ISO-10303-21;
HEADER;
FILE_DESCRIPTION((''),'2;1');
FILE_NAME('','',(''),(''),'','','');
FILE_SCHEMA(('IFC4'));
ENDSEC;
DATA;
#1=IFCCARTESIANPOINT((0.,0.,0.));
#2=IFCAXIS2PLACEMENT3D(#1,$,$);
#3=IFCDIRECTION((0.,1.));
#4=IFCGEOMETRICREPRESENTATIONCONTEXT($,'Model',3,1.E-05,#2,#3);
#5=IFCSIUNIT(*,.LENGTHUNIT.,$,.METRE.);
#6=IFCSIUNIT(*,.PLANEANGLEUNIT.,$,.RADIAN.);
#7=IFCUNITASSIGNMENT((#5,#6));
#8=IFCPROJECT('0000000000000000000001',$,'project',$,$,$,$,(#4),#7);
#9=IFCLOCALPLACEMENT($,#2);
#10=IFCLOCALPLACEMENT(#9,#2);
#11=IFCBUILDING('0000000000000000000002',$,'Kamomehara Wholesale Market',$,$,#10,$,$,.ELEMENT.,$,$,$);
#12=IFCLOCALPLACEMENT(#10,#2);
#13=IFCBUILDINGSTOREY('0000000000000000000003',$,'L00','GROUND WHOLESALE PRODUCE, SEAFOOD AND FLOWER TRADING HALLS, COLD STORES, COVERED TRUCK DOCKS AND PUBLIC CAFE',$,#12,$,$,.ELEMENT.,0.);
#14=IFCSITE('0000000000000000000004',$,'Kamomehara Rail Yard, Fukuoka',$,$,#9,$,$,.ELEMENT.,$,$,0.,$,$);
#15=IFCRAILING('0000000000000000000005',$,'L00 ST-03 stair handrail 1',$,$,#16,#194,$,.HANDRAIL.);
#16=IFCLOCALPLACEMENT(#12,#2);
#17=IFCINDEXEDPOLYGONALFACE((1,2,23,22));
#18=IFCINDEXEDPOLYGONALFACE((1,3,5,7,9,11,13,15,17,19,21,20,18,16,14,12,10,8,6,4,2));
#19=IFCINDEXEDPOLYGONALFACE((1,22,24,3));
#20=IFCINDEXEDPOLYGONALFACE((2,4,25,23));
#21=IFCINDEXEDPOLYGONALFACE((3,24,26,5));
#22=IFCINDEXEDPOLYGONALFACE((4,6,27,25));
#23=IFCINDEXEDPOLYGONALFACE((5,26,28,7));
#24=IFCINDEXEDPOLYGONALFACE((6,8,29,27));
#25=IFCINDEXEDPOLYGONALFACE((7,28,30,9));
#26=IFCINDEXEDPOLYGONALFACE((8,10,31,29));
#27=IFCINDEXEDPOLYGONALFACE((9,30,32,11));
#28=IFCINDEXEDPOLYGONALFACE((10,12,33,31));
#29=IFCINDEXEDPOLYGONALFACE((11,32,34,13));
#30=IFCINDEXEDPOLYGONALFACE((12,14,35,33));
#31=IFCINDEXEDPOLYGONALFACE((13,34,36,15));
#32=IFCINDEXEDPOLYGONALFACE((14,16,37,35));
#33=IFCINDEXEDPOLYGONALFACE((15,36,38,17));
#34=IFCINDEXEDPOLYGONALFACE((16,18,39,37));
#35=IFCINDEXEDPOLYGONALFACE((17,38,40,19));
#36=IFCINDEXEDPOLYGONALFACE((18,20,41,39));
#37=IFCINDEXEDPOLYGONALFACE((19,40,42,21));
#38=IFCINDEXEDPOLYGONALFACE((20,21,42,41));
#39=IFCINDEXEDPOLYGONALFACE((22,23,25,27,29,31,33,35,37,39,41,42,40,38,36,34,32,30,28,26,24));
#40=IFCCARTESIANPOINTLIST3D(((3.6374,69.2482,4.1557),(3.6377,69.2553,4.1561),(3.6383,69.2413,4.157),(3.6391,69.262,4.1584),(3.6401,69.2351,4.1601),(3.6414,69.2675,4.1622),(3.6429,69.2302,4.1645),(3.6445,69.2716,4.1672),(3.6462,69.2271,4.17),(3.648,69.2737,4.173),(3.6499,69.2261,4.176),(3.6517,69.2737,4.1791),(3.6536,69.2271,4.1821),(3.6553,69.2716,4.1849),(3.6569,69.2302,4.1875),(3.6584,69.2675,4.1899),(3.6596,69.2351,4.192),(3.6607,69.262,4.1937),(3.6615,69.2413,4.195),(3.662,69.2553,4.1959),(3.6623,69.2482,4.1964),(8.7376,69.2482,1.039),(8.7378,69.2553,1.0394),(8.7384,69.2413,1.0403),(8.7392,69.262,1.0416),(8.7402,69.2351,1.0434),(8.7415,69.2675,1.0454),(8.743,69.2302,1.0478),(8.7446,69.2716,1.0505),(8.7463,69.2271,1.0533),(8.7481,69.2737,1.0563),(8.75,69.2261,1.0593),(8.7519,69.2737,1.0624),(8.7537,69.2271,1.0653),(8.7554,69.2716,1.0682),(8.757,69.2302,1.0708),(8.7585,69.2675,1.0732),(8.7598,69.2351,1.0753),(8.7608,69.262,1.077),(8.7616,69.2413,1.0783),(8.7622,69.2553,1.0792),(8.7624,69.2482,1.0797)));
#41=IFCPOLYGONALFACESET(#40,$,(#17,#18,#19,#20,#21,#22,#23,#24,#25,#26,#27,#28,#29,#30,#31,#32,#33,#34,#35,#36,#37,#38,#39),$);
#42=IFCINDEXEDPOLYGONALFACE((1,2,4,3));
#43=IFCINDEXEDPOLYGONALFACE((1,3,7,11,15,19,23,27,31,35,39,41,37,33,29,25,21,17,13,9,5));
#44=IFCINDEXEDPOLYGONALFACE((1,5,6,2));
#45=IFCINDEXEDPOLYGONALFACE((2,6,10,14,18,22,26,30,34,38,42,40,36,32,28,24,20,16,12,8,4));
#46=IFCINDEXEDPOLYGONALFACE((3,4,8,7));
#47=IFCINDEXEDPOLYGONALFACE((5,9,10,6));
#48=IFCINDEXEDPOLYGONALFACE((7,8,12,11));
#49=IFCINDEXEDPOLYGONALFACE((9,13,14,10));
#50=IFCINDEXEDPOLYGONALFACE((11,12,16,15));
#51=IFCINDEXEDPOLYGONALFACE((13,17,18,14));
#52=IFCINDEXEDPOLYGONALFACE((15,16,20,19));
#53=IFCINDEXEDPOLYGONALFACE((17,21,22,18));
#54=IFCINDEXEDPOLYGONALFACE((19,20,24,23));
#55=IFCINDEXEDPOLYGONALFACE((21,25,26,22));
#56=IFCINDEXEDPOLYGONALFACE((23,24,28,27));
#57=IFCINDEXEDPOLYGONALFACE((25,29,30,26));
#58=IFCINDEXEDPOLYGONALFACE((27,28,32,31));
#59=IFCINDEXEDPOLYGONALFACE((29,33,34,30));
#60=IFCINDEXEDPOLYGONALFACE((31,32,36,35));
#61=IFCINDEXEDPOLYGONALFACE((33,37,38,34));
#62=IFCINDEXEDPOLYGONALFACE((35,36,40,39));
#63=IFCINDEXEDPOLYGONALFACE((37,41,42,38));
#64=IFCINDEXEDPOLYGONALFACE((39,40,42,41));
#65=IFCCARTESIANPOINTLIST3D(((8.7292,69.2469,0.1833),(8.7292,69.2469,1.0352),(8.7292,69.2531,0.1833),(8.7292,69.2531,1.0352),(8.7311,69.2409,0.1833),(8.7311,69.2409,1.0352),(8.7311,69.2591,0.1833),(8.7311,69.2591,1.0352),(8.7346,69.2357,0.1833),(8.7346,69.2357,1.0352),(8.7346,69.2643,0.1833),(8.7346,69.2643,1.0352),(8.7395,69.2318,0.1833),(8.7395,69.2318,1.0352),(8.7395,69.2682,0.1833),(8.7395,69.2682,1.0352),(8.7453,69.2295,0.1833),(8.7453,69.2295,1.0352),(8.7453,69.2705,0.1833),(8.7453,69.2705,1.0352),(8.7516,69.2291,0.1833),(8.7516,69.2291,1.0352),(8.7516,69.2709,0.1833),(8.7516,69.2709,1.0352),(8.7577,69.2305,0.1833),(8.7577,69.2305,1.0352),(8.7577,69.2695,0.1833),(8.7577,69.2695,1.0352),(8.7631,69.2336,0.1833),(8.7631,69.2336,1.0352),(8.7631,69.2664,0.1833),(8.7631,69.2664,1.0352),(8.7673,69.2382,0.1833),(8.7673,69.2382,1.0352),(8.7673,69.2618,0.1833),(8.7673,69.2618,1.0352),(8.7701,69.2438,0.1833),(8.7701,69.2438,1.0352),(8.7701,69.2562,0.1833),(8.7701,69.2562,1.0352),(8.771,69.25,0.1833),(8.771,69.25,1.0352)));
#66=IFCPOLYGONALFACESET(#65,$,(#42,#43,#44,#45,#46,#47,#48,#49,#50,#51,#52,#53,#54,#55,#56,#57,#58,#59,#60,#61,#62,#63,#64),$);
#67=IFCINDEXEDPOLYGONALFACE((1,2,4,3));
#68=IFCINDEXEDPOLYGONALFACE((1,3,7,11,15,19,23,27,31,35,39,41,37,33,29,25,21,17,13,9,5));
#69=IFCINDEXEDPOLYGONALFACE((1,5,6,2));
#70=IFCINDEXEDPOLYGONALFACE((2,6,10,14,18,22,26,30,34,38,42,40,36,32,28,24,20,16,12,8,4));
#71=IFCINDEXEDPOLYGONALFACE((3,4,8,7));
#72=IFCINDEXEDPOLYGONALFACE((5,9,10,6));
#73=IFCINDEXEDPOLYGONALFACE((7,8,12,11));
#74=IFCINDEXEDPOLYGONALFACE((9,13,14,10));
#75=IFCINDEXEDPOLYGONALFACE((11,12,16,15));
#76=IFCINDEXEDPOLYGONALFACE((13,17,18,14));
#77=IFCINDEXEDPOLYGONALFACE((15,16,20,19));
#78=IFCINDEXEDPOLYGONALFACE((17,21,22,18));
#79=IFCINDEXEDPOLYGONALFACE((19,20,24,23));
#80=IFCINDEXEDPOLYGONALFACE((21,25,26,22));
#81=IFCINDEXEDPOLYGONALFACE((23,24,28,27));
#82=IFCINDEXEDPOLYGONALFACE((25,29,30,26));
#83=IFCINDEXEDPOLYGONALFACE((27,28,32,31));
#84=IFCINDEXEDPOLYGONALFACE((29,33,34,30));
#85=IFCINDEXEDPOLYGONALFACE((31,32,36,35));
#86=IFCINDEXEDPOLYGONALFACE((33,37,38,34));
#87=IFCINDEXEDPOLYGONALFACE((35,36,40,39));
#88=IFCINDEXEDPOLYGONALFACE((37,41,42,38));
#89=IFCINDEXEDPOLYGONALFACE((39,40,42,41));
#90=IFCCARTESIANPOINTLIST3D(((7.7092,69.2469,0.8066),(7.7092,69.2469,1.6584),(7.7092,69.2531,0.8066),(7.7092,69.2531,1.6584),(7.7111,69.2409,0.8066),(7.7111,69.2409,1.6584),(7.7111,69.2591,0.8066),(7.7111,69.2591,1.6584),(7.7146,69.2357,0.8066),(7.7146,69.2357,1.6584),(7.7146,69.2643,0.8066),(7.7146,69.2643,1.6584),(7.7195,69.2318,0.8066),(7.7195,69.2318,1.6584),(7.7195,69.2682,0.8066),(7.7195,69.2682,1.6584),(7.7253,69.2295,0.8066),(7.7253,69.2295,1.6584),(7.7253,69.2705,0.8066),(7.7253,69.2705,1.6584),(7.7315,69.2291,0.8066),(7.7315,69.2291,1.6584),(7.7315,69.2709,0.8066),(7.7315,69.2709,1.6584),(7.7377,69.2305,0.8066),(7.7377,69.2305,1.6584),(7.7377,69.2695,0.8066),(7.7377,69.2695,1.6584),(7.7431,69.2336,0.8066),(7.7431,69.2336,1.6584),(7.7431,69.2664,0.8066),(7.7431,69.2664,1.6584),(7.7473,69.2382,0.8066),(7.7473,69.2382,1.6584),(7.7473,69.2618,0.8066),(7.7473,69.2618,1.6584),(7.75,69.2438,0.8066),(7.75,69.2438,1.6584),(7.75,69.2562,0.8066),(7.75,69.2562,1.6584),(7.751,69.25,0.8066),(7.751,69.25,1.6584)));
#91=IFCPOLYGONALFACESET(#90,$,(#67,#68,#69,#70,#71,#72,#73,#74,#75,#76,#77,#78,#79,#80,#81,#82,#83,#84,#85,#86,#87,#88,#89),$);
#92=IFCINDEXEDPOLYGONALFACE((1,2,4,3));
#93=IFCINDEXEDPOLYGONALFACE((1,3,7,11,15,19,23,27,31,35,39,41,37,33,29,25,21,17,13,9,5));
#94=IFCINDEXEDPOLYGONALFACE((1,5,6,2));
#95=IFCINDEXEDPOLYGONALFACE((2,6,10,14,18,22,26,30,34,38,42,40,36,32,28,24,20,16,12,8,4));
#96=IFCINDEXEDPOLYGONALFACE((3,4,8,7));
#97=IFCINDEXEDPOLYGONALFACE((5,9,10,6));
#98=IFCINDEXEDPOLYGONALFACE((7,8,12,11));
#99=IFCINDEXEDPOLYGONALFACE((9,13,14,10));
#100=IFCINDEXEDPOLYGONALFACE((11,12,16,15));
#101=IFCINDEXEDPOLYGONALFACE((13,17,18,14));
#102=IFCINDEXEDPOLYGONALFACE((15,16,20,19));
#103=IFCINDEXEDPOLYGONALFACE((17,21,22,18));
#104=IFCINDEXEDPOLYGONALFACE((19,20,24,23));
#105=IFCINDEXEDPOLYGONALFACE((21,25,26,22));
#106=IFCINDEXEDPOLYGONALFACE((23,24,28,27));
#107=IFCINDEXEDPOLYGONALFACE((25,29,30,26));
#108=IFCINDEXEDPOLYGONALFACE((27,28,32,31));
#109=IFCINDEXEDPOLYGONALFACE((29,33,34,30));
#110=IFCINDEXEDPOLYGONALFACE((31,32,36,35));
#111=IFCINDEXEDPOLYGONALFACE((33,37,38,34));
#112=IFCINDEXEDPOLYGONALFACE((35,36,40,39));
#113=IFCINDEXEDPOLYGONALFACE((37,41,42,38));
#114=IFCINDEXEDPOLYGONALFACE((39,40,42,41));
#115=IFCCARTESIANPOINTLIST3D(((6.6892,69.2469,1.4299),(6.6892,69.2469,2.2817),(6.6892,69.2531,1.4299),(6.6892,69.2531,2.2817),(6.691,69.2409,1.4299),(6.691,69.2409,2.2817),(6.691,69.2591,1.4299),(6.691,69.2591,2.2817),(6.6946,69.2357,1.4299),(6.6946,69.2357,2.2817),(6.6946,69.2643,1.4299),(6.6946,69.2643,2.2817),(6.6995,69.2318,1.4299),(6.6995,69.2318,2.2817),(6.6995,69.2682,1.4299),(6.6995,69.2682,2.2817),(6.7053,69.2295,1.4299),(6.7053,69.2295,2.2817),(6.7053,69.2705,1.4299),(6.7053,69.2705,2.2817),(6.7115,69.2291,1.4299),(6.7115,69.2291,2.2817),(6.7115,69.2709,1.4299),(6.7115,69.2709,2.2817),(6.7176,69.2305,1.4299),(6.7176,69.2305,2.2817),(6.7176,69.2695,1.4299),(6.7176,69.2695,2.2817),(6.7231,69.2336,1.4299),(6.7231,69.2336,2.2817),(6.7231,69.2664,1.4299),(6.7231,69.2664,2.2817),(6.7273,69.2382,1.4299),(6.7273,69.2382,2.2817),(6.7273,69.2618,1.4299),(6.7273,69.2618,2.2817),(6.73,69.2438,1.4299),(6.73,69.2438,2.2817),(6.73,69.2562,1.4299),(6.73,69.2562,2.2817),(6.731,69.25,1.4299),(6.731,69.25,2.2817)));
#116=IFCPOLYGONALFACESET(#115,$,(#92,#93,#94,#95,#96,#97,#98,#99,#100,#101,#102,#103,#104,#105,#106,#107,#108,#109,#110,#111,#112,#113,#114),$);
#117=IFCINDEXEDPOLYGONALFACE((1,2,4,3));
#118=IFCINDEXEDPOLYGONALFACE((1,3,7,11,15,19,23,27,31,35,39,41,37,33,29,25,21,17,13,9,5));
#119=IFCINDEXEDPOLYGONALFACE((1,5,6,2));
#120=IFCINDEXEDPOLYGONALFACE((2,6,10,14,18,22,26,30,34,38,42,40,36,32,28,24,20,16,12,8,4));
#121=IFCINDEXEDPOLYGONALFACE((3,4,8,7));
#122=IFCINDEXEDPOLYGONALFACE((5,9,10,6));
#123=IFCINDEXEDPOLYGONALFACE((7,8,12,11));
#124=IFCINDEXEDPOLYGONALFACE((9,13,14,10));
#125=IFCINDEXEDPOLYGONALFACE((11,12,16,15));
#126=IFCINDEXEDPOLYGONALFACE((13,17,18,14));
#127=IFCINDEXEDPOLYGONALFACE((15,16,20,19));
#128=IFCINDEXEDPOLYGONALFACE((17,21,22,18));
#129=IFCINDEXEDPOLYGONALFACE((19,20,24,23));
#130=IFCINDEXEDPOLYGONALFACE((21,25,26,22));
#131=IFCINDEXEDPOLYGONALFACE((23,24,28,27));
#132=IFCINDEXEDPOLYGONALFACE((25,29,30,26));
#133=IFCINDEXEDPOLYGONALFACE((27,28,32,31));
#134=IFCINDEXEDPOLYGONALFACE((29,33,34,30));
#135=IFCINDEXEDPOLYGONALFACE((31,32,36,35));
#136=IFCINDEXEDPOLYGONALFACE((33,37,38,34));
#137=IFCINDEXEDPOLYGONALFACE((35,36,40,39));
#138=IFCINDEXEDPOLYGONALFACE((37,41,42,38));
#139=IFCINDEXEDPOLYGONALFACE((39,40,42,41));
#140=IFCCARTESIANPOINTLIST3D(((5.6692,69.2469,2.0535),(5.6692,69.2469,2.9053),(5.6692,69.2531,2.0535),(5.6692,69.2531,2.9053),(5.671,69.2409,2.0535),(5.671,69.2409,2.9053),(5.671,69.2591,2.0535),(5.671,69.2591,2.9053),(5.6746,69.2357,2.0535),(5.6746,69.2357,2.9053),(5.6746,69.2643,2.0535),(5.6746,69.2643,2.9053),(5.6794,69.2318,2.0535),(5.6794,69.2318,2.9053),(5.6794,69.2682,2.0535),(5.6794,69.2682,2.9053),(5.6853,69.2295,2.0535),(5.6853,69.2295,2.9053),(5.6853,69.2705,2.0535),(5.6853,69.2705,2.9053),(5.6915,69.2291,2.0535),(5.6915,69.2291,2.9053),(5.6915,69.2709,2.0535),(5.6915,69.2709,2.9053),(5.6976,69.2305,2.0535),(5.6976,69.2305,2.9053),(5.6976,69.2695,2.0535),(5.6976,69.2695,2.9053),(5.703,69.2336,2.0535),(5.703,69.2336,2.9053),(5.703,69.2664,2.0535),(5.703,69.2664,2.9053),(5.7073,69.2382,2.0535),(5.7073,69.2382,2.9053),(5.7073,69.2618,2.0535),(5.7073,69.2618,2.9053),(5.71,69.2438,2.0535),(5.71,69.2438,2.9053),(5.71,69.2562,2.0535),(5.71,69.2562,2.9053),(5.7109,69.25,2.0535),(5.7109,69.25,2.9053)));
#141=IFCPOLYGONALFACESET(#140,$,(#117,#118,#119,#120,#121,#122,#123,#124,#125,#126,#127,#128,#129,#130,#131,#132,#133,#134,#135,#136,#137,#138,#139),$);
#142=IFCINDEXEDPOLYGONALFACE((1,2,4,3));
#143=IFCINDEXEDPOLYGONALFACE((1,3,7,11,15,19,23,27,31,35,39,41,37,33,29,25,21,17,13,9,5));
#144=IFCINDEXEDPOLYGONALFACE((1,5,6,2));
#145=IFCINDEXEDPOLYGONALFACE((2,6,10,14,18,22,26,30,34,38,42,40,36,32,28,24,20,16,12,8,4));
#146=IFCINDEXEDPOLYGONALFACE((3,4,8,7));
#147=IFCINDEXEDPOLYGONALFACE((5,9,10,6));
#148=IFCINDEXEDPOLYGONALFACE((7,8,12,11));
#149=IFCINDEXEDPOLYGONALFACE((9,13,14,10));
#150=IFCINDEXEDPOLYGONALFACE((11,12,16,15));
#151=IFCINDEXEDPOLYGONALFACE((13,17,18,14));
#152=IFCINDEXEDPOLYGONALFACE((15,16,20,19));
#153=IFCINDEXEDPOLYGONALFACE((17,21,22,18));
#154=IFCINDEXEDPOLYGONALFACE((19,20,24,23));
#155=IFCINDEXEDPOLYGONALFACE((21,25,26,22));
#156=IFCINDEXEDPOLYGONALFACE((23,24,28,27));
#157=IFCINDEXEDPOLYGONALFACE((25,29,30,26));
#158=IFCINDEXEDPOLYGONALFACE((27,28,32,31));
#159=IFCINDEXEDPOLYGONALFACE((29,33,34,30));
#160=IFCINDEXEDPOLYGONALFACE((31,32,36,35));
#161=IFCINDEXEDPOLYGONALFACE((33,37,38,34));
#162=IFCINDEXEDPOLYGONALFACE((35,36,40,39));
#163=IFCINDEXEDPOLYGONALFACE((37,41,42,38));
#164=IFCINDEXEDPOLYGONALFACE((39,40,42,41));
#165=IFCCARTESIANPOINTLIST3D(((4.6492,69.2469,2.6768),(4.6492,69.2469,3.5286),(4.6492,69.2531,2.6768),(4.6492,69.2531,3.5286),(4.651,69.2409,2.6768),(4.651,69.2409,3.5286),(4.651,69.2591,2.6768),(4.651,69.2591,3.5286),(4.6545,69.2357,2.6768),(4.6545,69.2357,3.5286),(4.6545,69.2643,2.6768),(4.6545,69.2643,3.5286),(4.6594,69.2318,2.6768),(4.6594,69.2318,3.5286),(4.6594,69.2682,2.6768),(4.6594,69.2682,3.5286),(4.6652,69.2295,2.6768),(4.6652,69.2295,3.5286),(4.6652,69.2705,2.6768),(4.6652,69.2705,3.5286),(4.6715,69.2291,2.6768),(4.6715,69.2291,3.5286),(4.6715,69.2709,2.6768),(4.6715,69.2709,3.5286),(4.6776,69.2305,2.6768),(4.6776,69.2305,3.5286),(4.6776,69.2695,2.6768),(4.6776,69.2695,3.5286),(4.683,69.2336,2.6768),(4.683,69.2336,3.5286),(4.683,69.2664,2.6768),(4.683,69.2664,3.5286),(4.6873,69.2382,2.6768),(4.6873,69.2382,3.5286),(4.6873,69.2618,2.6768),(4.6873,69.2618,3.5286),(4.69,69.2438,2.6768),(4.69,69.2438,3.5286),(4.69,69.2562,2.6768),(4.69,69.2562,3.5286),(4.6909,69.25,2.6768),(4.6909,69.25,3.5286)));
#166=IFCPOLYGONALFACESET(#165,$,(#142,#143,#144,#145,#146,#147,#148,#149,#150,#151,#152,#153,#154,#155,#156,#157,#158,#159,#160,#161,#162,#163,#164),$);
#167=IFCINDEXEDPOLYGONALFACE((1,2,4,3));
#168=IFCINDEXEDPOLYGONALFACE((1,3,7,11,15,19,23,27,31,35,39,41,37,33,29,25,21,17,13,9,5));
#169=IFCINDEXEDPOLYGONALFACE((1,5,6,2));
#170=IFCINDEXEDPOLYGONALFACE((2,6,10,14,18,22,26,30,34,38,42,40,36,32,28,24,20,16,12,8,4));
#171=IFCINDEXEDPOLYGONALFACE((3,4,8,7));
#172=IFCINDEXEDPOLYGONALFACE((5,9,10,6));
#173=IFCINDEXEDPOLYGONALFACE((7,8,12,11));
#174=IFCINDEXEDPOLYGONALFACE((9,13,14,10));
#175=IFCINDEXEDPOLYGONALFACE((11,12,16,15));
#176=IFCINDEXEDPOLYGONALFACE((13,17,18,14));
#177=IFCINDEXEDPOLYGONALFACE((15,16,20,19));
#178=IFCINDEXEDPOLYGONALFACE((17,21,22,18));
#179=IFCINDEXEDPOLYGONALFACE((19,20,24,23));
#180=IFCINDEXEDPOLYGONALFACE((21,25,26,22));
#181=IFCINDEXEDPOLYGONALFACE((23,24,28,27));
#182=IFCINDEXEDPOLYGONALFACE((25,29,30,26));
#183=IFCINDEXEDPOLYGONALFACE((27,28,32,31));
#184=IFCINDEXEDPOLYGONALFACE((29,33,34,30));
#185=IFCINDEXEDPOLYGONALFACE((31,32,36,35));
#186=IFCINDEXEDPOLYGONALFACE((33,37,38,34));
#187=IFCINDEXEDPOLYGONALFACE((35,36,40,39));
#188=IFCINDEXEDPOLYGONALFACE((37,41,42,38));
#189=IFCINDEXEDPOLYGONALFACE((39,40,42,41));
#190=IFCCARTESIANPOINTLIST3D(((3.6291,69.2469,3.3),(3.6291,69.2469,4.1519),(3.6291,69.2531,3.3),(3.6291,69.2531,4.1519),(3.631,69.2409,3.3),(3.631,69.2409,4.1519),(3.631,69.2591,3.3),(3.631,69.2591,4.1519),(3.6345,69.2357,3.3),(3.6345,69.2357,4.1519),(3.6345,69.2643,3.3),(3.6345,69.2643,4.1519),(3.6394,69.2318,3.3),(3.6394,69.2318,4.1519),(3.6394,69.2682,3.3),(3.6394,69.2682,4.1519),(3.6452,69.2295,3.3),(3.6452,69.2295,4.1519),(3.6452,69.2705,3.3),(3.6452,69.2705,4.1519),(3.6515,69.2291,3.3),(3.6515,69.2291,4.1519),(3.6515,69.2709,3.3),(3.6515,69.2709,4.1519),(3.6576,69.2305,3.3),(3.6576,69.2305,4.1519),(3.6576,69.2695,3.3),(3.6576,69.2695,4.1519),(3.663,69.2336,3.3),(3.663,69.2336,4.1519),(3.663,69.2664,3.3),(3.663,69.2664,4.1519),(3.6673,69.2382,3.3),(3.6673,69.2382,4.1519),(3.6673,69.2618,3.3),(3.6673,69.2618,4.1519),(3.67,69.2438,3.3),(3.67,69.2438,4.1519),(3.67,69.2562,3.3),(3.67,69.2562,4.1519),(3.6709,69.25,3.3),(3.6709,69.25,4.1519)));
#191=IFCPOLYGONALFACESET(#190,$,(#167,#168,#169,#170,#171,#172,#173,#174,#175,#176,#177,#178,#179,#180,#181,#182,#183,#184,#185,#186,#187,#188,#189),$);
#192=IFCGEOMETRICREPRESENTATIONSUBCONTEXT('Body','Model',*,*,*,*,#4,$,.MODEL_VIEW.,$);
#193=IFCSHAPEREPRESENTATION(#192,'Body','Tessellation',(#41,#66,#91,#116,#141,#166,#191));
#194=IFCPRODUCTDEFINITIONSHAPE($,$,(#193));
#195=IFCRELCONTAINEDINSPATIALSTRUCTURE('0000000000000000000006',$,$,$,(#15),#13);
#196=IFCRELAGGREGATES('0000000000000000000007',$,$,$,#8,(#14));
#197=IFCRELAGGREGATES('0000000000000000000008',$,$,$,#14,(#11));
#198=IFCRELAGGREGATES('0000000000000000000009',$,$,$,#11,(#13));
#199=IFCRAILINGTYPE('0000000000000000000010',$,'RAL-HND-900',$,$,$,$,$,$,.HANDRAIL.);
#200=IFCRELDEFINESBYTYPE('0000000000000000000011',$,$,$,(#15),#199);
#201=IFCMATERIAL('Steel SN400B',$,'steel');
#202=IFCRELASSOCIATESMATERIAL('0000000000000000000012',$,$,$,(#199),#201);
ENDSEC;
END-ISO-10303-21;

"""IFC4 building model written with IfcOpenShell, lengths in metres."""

from ifc_helpers import new_model, si_unit, direction, frame, origin, origin_2d, place, context, subcontext, project, spatial, circle, extrude, material, type_object, element, save


model = new_model("IFC4")

# Units and contexts
model_context = context("Model", 3, precision=1e-05, world=origin(), true_north=direction((0.0, 1.0)))
body_context = subcontext(model_context, "Body", "Model", "MODEL_VIEW")
ifc_project = project(units=[si_unit("LENGTHUNIT", "METRE"), si_unit("PLANEANGLEUNIT", "RADIAN")], contexts=[model_context])

# Site, building, storey
site_placement = place(None, origin())
site = spatial("IfcSite", under=ifc_project, at=site_placement, Name="Kamomehara Rail Yard, Fukuoka", CompositionType="ELEMENT", RefElevation=0.0)
building_placement = place(site_placement, origin())
building = spatial("IfcBuilding", under=site, at=building_placement, Name="Kamomehara Wholesale Market", CompositionType="ELEMENT")
storey_placement = place(building_placement, origin())
storey = spatial("IfcBuildingStorey", under=building, at=storey_placement, Name="L00", Description="GROUND WHOLESALE PRODUCE, SEAFOOD AND FLOWER TRADING HALLS, COLD STORES, COVERED TRUCK DOCKS AND PUBLIC CAFE", CompositionType="ELEMENT", Elevation=0.0)

# Railing
ifc_material_1 = material(Name="Steel SN400B", Category="steel")
railing_type_1 = type_object("IfcRailingType", Name="RAL-HND-900", PredefinedType="HANDRAIL", material=ifc_material_1)
railing_1_placement = place(storey_placement, frame((8.75, 69.25, 0.1833)))
element("IfcRailing", 1, at=railing_1_placement, inside=storey, type_object=railing_type_1, Name="L00 ST-03 stair handrail 1", PredefinedType="HANDRAIL", context=body_context, shape_type="SweptSolid", body=[
    extrude(circle(Radius=0.0239, at=origin_2d()), frame((0.0, 0.0, 0.876), z_axis=(-0.853284, 0.0, 0.521447), x_axis=(0.0, -1.0, 0.0)), (0.0, 0.0, 1.0), 5.9771),
    extrude(circle(Radius=0.021, at=origin_2d()), origin(), (0.0, 0.0, 1.0), 0.8518),
    extrude(circle(Radius=0.021, at=origin_2d()), frame((-1.02, 0.0, 0.6233)), (0.0, 0.0, 1.0), 0.8518),
    extrude(circle(Radius=0.021, at=origin_2d()), frame((-2.04, 0.0, 1.2466)), (0.0, 0.0, 1.0), 0.8518),
    extrude(circle(Radius=0.021, at=origin_2d()), frame((-3.0601, 0.0, 1.8701)), (0.0, 0.0, 1.0), 0.8518),
    extrude(circle(Radius=0.021, at=origin_2d()), frame((-4.0801, 0.0, 2.4934)), (0.0, 0.0, 1.0), 0.8518),
    extrude(circle(Radius=0.021, at=origin_2d()), frame((-5.1001, 0.0, 3.1167)), (0.0, 0.0, 1.0), 0.8518),
])

save(model, "model.ifc")
